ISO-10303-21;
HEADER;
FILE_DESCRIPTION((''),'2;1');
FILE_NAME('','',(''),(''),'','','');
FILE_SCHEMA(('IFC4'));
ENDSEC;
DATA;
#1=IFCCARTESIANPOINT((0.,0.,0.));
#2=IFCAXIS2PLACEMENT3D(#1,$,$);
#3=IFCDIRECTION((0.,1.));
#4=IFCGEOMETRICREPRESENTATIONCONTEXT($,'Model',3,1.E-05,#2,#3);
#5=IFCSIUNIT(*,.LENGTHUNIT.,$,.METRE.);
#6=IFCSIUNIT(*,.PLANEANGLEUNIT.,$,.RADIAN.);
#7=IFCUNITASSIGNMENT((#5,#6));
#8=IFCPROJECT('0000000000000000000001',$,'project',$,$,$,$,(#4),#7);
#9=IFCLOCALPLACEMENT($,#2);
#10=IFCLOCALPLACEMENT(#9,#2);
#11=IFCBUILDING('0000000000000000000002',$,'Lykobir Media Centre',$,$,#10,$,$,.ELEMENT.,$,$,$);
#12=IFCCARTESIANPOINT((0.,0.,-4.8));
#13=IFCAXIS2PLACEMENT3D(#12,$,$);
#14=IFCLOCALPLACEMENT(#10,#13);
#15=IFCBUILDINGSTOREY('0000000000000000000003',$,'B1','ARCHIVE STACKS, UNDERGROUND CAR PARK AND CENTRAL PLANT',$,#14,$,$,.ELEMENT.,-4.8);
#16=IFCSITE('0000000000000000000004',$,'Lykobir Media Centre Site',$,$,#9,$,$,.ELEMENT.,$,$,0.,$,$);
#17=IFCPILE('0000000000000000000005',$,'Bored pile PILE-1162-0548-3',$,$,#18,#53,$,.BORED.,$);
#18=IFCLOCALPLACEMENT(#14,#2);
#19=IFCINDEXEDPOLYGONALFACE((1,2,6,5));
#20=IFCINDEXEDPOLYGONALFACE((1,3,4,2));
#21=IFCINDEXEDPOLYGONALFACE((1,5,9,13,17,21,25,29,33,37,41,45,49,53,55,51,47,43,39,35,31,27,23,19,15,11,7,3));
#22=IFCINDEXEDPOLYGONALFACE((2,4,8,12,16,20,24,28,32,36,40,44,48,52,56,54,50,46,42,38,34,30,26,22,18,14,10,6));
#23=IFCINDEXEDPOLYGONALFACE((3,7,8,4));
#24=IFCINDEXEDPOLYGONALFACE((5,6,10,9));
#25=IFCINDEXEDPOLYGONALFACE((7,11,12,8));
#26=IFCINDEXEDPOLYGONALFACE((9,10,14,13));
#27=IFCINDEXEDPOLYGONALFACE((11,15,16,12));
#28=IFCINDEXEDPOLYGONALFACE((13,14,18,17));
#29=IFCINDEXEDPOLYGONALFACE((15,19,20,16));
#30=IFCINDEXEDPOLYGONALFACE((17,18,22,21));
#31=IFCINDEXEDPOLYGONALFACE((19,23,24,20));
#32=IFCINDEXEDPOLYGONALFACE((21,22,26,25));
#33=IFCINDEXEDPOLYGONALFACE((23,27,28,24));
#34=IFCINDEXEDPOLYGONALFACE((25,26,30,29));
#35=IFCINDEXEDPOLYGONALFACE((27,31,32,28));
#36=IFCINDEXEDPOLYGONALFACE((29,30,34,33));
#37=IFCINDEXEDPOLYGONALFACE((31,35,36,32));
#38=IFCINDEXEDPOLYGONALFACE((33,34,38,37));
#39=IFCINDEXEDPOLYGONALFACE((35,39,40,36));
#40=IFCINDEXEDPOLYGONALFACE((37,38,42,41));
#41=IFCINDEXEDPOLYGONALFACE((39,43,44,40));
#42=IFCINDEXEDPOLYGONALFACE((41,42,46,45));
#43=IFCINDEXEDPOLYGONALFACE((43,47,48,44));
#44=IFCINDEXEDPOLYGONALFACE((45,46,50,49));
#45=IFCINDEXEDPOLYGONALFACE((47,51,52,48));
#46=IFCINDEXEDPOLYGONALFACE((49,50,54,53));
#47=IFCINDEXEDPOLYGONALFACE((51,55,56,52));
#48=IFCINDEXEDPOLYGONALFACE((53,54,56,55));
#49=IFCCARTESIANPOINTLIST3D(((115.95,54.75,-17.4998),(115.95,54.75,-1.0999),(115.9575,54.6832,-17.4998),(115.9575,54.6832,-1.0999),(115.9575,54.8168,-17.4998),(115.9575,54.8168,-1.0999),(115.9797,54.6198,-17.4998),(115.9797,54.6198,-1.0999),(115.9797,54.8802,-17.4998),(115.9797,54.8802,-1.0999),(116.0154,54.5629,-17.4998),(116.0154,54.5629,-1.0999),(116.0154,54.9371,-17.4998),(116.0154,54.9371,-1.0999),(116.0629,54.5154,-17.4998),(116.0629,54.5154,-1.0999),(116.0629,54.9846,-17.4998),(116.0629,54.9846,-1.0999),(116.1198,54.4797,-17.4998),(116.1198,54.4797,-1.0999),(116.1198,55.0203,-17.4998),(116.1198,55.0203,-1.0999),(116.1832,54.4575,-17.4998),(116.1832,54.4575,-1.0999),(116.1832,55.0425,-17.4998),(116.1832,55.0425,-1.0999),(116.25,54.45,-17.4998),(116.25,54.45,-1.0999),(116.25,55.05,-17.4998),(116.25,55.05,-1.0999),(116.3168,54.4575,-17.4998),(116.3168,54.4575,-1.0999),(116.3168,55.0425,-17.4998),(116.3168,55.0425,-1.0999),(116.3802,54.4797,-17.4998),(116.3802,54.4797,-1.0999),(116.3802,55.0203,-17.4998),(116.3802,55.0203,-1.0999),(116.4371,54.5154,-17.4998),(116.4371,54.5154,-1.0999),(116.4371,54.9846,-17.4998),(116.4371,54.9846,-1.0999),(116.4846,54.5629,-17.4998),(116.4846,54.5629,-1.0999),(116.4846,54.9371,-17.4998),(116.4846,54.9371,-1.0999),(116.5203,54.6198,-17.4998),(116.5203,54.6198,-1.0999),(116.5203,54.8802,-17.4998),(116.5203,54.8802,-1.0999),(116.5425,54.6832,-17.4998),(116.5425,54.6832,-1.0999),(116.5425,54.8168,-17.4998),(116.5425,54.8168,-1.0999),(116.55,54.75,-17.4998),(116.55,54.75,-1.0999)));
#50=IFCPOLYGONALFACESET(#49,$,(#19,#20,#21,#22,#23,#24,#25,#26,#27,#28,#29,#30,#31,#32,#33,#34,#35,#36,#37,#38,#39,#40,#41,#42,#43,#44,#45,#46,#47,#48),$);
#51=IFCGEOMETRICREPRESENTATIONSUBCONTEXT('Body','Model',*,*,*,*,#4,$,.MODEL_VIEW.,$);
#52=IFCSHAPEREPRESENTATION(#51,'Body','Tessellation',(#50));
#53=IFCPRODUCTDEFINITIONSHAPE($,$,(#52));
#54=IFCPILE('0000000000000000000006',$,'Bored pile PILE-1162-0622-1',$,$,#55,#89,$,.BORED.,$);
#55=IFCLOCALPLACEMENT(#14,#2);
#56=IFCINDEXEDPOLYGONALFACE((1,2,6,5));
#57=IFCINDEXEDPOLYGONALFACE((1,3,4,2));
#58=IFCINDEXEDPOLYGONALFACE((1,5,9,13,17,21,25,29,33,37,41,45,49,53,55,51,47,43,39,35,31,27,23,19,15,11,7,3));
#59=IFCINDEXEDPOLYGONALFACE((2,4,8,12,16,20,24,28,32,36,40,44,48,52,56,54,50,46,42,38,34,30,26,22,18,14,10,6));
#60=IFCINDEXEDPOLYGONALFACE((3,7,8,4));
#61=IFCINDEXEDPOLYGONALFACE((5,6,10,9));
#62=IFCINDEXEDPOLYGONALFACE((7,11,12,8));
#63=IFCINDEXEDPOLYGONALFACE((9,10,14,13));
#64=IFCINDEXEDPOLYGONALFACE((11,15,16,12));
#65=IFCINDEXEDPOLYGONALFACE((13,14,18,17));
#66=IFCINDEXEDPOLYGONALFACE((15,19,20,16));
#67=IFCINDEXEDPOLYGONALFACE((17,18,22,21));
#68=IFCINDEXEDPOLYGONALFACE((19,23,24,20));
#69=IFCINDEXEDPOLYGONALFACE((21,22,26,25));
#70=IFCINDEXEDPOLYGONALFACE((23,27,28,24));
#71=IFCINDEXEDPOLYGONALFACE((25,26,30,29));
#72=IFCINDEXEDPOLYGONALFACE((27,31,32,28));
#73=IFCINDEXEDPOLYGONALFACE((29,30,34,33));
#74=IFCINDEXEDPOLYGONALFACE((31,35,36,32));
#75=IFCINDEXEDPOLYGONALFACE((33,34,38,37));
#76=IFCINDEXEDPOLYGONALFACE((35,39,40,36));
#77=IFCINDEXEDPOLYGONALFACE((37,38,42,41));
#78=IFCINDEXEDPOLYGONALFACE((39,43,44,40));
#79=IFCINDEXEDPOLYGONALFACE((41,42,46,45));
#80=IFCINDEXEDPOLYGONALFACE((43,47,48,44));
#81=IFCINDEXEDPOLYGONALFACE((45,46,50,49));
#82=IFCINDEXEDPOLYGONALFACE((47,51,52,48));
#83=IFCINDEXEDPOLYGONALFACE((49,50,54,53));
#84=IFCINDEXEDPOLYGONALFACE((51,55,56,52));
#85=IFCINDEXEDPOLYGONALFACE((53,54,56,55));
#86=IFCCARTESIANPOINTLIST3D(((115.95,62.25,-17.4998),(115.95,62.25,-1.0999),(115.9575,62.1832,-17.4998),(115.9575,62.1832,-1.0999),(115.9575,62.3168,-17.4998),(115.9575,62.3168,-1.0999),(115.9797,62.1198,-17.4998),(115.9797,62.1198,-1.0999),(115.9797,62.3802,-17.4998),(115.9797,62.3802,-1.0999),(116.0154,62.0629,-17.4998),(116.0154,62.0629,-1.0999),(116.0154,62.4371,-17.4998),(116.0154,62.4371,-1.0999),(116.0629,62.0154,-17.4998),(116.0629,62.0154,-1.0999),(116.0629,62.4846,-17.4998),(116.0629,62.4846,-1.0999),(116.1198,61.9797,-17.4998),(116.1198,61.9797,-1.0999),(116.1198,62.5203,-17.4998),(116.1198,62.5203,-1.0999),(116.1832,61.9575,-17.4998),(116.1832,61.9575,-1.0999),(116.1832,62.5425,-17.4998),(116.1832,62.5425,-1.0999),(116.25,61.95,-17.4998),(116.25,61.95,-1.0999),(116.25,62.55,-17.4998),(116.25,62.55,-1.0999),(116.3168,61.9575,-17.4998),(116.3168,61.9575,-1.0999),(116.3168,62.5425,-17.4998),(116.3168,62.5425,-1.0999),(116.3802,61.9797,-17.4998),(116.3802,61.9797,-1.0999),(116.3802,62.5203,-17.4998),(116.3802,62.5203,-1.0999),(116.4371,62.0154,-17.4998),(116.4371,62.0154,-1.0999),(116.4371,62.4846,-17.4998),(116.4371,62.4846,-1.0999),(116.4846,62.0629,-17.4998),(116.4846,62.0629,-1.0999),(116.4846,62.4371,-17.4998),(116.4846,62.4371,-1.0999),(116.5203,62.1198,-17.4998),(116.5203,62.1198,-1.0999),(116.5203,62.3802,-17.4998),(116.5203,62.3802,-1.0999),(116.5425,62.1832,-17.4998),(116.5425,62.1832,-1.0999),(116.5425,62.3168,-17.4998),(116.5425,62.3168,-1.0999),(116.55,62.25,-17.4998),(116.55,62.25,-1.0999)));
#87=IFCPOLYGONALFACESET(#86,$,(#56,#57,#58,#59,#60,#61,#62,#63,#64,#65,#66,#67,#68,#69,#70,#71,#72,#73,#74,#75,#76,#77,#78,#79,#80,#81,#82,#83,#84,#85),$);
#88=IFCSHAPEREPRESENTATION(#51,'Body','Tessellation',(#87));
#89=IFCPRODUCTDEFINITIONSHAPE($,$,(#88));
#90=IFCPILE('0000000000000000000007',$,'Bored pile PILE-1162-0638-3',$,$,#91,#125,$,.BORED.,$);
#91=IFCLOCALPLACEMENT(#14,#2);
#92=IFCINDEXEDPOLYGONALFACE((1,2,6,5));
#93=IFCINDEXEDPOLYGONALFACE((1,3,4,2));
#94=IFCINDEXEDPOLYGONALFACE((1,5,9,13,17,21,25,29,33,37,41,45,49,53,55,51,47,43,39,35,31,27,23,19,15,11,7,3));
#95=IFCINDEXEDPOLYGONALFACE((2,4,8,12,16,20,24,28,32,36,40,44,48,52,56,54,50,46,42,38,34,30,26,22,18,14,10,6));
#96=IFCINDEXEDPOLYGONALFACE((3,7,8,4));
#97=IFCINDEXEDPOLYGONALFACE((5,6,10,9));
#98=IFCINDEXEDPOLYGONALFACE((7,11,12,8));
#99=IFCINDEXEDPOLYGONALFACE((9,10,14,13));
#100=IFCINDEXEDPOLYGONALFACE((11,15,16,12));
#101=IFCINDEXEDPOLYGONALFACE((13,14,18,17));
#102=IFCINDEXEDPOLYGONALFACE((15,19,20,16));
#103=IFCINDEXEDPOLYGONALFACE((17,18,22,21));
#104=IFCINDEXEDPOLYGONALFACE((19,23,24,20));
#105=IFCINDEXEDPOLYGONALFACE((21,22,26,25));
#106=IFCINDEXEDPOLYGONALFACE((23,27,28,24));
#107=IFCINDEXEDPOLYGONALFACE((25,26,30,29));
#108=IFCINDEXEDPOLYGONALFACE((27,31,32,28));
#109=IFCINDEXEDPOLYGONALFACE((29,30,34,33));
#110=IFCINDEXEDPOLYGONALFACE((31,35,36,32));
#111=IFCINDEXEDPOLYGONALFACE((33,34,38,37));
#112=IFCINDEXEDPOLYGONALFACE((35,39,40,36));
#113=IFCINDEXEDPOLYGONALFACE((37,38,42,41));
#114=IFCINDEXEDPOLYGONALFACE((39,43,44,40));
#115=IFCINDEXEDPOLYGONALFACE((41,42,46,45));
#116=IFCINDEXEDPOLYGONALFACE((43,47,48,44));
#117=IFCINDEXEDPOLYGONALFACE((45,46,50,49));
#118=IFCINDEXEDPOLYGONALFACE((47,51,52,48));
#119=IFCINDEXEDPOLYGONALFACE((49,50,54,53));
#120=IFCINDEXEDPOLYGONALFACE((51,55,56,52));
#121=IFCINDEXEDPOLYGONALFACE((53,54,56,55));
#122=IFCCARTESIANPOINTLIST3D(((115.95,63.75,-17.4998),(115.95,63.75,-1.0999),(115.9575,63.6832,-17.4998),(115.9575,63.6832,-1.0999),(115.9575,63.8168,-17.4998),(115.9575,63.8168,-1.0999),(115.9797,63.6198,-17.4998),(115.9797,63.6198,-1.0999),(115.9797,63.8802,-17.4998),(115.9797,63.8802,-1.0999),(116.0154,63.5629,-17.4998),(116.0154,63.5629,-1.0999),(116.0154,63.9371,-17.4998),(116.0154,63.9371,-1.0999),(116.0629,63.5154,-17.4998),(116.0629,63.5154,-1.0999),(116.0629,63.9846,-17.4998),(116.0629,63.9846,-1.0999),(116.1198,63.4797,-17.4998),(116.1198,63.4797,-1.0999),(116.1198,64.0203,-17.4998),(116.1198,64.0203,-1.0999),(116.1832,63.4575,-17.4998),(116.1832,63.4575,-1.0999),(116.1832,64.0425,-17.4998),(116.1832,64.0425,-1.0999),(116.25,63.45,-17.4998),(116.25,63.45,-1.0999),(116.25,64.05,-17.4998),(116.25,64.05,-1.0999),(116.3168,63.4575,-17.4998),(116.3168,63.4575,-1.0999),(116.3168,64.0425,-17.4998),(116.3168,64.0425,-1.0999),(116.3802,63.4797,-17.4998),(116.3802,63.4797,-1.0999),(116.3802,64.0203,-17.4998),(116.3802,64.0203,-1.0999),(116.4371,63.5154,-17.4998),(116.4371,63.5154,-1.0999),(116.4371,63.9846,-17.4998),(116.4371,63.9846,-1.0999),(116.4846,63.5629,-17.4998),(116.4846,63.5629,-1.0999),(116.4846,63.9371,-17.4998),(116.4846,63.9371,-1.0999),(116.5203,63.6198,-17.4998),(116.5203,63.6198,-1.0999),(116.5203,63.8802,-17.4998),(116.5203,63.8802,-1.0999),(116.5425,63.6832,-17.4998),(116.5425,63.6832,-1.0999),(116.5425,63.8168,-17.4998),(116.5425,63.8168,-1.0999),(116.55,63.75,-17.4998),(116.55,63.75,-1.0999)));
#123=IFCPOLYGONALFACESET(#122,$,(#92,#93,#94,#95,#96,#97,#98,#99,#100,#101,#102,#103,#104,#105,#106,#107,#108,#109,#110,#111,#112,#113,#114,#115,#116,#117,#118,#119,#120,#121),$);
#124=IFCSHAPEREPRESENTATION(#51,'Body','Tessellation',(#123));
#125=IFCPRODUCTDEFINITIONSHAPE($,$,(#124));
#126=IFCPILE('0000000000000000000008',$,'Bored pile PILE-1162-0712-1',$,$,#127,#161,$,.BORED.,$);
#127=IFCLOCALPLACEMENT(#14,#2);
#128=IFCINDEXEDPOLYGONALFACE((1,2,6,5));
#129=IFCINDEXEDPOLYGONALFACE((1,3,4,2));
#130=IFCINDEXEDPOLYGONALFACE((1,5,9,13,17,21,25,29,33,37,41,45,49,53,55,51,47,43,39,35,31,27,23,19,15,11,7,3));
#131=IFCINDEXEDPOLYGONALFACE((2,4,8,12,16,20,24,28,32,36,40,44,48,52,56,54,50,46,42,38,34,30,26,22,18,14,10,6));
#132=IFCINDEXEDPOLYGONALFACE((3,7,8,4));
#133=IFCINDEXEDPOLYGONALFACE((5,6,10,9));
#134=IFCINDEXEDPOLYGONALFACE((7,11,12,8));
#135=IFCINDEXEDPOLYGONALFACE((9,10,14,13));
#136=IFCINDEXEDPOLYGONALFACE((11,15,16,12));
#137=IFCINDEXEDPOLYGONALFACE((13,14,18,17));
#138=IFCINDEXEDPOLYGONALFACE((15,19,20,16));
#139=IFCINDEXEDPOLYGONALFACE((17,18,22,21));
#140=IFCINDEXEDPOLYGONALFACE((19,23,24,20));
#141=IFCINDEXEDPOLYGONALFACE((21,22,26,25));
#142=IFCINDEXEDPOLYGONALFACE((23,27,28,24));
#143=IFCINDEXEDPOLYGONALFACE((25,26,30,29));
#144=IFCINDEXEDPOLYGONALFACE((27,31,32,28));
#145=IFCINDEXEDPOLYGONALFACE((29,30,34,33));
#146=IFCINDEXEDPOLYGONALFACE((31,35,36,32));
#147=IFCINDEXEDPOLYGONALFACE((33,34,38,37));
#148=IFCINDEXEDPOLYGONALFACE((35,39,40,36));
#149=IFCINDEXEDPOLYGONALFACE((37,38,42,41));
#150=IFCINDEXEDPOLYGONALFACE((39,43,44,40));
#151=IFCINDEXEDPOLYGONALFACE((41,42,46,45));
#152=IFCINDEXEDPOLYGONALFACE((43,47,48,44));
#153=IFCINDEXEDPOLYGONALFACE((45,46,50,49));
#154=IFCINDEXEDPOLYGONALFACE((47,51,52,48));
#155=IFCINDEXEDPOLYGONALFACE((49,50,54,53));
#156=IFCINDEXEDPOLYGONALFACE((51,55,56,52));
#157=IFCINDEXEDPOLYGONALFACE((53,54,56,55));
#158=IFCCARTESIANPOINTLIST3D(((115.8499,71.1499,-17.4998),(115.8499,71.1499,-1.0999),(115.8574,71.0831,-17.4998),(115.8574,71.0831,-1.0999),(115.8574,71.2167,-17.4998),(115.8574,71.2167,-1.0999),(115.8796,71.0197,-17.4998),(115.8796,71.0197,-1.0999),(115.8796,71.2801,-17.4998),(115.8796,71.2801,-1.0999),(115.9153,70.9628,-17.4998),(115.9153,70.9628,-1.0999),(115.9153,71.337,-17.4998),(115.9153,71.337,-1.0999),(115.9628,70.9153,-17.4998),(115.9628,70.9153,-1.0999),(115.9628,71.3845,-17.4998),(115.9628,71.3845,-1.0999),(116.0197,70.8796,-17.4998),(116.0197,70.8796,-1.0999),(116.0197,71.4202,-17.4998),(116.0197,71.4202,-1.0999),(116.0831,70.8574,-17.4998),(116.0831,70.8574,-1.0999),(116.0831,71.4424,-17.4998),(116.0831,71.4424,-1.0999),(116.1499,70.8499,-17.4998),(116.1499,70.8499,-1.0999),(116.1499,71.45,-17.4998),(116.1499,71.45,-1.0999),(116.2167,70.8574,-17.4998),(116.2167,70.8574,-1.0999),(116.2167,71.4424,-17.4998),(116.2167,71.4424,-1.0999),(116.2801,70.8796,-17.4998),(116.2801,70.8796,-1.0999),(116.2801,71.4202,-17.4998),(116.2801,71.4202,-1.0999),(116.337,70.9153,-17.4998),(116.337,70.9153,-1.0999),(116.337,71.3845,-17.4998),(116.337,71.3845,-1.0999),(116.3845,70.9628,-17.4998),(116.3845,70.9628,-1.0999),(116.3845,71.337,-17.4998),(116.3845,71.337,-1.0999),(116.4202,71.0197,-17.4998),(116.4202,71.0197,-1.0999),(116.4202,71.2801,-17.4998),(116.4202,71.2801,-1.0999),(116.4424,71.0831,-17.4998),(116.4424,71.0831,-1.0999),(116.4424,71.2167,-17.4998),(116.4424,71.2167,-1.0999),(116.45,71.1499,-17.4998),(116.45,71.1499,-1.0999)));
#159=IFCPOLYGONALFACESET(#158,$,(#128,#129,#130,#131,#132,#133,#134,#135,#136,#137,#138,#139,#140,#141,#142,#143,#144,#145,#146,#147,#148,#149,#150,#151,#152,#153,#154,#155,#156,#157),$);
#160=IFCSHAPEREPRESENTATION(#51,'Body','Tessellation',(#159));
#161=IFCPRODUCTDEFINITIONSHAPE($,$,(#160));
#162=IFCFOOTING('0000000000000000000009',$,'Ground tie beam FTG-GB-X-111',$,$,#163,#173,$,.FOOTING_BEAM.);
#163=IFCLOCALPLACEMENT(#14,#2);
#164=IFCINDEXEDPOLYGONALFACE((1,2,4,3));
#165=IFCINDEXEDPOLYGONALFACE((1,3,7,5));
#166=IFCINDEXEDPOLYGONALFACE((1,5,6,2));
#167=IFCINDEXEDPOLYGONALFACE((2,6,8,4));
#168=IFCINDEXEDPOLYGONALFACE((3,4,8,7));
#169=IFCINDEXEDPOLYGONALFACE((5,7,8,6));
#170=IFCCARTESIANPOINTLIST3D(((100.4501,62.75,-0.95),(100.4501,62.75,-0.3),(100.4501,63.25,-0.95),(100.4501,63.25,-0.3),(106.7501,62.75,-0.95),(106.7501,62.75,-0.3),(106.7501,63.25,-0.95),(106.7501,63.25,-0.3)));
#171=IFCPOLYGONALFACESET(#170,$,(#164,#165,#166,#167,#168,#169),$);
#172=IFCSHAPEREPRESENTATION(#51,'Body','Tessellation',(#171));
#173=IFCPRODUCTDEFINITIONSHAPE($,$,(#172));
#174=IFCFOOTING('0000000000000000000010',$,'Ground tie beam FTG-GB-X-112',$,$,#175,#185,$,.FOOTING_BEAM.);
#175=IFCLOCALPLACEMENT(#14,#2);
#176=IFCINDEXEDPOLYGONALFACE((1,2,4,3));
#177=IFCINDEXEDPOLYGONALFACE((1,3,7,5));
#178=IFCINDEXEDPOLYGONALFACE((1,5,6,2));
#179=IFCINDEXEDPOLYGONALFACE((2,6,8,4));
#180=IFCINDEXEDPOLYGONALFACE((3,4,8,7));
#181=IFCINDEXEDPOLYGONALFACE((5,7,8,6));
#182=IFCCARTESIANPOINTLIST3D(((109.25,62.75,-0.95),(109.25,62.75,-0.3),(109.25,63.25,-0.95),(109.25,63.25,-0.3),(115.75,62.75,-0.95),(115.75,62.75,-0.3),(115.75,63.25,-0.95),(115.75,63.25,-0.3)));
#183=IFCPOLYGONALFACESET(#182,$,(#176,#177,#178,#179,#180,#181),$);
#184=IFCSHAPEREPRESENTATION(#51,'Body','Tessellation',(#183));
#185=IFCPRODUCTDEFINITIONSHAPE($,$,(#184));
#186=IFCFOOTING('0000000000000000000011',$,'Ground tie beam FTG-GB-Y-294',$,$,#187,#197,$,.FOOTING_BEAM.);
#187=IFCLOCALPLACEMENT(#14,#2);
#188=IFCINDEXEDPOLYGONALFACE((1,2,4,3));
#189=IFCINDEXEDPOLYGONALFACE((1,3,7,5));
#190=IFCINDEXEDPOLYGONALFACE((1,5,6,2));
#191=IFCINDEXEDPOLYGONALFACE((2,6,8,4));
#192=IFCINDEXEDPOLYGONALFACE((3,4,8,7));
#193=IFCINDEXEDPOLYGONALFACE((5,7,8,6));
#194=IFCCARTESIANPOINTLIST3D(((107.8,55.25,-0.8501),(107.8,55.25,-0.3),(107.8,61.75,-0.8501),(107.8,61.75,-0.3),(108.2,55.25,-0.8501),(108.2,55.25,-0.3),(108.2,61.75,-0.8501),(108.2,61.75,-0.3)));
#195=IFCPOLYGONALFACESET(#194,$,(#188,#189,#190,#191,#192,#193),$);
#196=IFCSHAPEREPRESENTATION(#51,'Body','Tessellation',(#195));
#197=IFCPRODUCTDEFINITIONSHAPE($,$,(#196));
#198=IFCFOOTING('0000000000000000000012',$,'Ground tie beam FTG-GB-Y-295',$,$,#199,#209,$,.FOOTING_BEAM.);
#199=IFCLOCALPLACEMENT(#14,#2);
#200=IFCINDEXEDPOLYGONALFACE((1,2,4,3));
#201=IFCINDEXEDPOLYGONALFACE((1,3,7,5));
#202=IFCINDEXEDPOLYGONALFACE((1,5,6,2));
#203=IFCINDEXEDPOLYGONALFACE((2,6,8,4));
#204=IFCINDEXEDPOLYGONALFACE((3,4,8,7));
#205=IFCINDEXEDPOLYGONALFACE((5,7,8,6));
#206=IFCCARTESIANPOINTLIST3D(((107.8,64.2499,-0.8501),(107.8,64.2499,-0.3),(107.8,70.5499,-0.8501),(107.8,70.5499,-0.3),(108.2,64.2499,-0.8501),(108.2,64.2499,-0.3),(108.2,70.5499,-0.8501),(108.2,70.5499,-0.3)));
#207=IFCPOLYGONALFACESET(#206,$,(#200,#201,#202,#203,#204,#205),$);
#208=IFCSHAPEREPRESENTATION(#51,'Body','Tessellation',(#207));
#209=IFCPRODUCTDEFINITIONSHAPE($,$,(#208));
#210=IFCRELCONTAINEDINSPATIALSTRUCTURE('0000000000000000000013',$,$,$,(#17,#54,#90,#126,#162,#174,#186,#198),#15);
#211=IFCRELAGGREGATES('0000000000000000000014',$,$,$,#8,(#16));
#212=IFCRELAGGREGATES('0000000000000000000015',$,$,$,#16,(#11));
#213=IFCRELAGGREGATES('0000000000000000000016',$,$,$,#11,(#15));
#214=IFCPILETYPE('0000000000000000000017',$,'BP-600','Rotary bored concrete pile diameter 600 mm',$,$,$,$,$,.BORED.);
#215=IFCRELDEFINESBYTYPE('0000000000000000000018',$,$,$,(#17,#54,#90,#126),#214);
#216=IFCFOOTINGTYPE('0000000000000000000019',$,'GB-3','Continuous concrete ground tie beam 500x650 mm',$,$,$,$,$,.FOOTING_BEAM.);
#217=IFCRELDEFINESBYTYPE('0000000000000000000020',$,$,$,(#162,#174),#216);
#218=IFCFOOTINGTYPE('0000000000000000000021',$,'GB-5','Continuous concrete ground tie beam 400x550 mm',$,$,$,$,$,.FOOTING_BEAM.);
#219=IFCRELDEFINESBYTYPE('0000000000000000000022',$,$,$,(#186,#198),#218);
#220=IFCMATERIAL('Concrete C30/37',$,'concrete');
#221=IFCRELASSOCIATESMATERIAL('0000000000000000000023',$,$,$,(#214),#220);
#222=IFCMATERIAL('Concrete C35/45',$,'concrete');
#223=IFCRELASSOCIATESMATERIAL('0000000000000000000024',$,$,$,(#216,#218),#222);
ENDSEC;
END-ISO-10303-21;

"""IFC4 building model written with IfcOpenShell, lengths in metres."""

from ifc_helpers import new_model, si_unit, direction, frame, origin, origin_2d, place, context, subcontext, project, spatial, rectangle, circle, extrude, material, material_profile, profile_set, type_object, element, save


model = new_model("IFC4")

# Units and contexts
model_context = context("Model", 3, precision=1e-05, world=origin(), true_north=direction((0.0, 1.0)))
body_context = subcontext(model_context, "Body", "Model", "MODEL_VIEW")
ifc_project = project(units=[si_unit("LENGTHUNIT", "METRE"), si_unit("PLANEANGLEUNIT", "RADIAN")], contexts=[model_context])

# Site, building, storey
site_placement = place(None, origin())
site = spatial("IfcSite", under=ifc_project, at=site_placement, Name="Lykobir Media Centre Site", CompositionType="ELEMENT", RefElevation=0.0)
building_placement = place(site_placement, origin())
building = spatial("IfcBuilding", under=site, at=building_placement, Name="Lykobir Media Centre", CompositionType="ELEMENT")
storey_placement = place(building_placement, frame((0.0, 0.0, -4.8)))
storey = spatial("IfcBuildingStorey", under=building, at=storey_placement, Name="B1", Description="ARCHIVE STACKS, UNDERGROUND CAR PARK AND CENTRAL PLANT", CompositionType="ELEMENT", Elevation=-4.8)

# Piles
ifc_material_1 = material(Name="Concrete C30/37", Category="concrete")
ifc_material_profile_1 = material_profile(ifc_material_1, circle(Radius=0.3, at=origin_2d()), Name="BORED PILE D600")
ifc_profile_set_1 = profile_set([ifc_material_profile_1], Name="Concrete C30/37")
pile_type = type_object("IfcPileType", Name="BP-600", Description="Rotary bored concrete pile diameter 600 mm", PredefinedType="BORED", material=ifc_profile_set_1)
for number, where, z_axis, x_axis, name in (
    (1, (116.25, 54.75, -1.0999), (0.0, 0.0, -1.0), (1.0, 0.0, 0.0), "Bored pile PILE-1162-0548-3"),
    (2, (116.25, 62.25, -1.0999), (0.0, 0.0, -1.0), (1.0, 0.0, 0.0), "Bored pile PILE-1162-0622-1"),
    (3, (116.25, 63.75, -1.0999), (0.0, 0.0, -1.0), (1.0, 0.0, 0.0), "Bored pile PILE-1162-0638-3"),
    (4, (116.1499, 71.1499, -1.0999), (0.0, 0.0, -1.0), (1.0, 0.0, 0.0), "Bored pile PILE-1162-0712-1"),
):
    element("IfcPile", number, at=place(storey_placement, frame(where, z_axis=z_axis, x_axis=x_axis)), inside=storey, type_object=pile_type, Name=name, PredefinedType="BORED", context=body_context, shape_type="SweptSolid", body=[
        extrude(circle(Radius=0.3, at=origin_2d()), origin(), (0.0, 0.0, 1.0), 16.3999),
    ])

# Footings
ifc_material_2 = material(Name="Concrete C35/45", Category="concrete")
footing_type_1 = type_object("IfcFootingType", Name="GB-3", Description="Continuous concrete ground tie beam 500x650 mm", PredefinedType="FOOTING_BEAM", material=ifc_material_2)
footing_1_placement = place(storey_placement, frame((103.6001, 63.0, -0.95), z_axis=(0.0, 0.0, 1.0), x_axis=(1.0, 0.0, 0.0)))
element("IfcFooting", 5, at=footing_1_placement, inside=storey, type_object=footing_type_1, Name="Ground tie beam FTG-GB-X-111", PredefinedType="FOOTING_BEAM", context=body_context, shape_type="SweptSolid", body=[
    extrude(rectangle(XDim=6.3, YDim=0.5, at=origin_2d()), origin(), (0.0, 0.0, 1.0), 0.6499),
])
footing_2_placement = place(storey_placement, frame((112.5, 63.0, -0.95), z_axis=(0.0, 0.0, 1.0), x_axis=(1.0, 0.0, 0.0)))
element("IfcFooting", 6, at=footing_2_placement, inside=storey, type_object=footing_type_1, Name="Ground tie beam FTG-GB-X-112", PredefinedType="FOOTING_BEAM", context=body_context, shape_type="SweptSolid", body=[
    extrude(rectangle(XDim=6.5, YDim=0.5, at=origin_2d()), origin(), (0.0, 0.0, 1.0), 0.6499),
])
footing_type_2 = type_object("IfcFootingType", Name="GB-5", Description="Continuous concrete ground tie beam 400x550 mm", PredefinedType="FOOTING_BEAM", material=ifc_material_2)
footing_3_placement = place(storey_placement, frame((108.0, 58.5, -0.8501), z_axis=(0.0, 0.0, 1.0), x_axis=(0.0, 1.0, 0.0)))
element("IfcFooting", 7, at=footing_3_placement, inside=storey, type_object=footing_type_2, Name="Ground tie beam FTG-GB-Y-294", PredefinedType="FOOTING_BEAM", context=body_context, shape_type="SweptSolid", body=[
    extrude(rectangle(XDim=6.5, YDim=0.3999, at=origin_2d()), origin(), (0.0, 0.0, 1.0), 0.55),
])
footing_4_placement = place(storey_placement, frame((108.0, 67.3999, -0.8501), z_axis=(0.0, 0.0, 1.0), x_axis=(0.0, 1.0, 0.0)))
element("IfcFooting", 8, at=footing_4_placement, inside=storey, type_object=footing_type_2, Name="Ground tie beam FTG-GB-Y-295", PredefinedType="FOOTING_BEAM", context=body_context, shape_type="SweptSolid", body=[
    extrude(rectangle(XDim=6.3, YDim=0.3999, at=origin_2d()), origin(), (0.0, 0.0, 1.0), 0.55),
])

save(model, "model.ifc")
